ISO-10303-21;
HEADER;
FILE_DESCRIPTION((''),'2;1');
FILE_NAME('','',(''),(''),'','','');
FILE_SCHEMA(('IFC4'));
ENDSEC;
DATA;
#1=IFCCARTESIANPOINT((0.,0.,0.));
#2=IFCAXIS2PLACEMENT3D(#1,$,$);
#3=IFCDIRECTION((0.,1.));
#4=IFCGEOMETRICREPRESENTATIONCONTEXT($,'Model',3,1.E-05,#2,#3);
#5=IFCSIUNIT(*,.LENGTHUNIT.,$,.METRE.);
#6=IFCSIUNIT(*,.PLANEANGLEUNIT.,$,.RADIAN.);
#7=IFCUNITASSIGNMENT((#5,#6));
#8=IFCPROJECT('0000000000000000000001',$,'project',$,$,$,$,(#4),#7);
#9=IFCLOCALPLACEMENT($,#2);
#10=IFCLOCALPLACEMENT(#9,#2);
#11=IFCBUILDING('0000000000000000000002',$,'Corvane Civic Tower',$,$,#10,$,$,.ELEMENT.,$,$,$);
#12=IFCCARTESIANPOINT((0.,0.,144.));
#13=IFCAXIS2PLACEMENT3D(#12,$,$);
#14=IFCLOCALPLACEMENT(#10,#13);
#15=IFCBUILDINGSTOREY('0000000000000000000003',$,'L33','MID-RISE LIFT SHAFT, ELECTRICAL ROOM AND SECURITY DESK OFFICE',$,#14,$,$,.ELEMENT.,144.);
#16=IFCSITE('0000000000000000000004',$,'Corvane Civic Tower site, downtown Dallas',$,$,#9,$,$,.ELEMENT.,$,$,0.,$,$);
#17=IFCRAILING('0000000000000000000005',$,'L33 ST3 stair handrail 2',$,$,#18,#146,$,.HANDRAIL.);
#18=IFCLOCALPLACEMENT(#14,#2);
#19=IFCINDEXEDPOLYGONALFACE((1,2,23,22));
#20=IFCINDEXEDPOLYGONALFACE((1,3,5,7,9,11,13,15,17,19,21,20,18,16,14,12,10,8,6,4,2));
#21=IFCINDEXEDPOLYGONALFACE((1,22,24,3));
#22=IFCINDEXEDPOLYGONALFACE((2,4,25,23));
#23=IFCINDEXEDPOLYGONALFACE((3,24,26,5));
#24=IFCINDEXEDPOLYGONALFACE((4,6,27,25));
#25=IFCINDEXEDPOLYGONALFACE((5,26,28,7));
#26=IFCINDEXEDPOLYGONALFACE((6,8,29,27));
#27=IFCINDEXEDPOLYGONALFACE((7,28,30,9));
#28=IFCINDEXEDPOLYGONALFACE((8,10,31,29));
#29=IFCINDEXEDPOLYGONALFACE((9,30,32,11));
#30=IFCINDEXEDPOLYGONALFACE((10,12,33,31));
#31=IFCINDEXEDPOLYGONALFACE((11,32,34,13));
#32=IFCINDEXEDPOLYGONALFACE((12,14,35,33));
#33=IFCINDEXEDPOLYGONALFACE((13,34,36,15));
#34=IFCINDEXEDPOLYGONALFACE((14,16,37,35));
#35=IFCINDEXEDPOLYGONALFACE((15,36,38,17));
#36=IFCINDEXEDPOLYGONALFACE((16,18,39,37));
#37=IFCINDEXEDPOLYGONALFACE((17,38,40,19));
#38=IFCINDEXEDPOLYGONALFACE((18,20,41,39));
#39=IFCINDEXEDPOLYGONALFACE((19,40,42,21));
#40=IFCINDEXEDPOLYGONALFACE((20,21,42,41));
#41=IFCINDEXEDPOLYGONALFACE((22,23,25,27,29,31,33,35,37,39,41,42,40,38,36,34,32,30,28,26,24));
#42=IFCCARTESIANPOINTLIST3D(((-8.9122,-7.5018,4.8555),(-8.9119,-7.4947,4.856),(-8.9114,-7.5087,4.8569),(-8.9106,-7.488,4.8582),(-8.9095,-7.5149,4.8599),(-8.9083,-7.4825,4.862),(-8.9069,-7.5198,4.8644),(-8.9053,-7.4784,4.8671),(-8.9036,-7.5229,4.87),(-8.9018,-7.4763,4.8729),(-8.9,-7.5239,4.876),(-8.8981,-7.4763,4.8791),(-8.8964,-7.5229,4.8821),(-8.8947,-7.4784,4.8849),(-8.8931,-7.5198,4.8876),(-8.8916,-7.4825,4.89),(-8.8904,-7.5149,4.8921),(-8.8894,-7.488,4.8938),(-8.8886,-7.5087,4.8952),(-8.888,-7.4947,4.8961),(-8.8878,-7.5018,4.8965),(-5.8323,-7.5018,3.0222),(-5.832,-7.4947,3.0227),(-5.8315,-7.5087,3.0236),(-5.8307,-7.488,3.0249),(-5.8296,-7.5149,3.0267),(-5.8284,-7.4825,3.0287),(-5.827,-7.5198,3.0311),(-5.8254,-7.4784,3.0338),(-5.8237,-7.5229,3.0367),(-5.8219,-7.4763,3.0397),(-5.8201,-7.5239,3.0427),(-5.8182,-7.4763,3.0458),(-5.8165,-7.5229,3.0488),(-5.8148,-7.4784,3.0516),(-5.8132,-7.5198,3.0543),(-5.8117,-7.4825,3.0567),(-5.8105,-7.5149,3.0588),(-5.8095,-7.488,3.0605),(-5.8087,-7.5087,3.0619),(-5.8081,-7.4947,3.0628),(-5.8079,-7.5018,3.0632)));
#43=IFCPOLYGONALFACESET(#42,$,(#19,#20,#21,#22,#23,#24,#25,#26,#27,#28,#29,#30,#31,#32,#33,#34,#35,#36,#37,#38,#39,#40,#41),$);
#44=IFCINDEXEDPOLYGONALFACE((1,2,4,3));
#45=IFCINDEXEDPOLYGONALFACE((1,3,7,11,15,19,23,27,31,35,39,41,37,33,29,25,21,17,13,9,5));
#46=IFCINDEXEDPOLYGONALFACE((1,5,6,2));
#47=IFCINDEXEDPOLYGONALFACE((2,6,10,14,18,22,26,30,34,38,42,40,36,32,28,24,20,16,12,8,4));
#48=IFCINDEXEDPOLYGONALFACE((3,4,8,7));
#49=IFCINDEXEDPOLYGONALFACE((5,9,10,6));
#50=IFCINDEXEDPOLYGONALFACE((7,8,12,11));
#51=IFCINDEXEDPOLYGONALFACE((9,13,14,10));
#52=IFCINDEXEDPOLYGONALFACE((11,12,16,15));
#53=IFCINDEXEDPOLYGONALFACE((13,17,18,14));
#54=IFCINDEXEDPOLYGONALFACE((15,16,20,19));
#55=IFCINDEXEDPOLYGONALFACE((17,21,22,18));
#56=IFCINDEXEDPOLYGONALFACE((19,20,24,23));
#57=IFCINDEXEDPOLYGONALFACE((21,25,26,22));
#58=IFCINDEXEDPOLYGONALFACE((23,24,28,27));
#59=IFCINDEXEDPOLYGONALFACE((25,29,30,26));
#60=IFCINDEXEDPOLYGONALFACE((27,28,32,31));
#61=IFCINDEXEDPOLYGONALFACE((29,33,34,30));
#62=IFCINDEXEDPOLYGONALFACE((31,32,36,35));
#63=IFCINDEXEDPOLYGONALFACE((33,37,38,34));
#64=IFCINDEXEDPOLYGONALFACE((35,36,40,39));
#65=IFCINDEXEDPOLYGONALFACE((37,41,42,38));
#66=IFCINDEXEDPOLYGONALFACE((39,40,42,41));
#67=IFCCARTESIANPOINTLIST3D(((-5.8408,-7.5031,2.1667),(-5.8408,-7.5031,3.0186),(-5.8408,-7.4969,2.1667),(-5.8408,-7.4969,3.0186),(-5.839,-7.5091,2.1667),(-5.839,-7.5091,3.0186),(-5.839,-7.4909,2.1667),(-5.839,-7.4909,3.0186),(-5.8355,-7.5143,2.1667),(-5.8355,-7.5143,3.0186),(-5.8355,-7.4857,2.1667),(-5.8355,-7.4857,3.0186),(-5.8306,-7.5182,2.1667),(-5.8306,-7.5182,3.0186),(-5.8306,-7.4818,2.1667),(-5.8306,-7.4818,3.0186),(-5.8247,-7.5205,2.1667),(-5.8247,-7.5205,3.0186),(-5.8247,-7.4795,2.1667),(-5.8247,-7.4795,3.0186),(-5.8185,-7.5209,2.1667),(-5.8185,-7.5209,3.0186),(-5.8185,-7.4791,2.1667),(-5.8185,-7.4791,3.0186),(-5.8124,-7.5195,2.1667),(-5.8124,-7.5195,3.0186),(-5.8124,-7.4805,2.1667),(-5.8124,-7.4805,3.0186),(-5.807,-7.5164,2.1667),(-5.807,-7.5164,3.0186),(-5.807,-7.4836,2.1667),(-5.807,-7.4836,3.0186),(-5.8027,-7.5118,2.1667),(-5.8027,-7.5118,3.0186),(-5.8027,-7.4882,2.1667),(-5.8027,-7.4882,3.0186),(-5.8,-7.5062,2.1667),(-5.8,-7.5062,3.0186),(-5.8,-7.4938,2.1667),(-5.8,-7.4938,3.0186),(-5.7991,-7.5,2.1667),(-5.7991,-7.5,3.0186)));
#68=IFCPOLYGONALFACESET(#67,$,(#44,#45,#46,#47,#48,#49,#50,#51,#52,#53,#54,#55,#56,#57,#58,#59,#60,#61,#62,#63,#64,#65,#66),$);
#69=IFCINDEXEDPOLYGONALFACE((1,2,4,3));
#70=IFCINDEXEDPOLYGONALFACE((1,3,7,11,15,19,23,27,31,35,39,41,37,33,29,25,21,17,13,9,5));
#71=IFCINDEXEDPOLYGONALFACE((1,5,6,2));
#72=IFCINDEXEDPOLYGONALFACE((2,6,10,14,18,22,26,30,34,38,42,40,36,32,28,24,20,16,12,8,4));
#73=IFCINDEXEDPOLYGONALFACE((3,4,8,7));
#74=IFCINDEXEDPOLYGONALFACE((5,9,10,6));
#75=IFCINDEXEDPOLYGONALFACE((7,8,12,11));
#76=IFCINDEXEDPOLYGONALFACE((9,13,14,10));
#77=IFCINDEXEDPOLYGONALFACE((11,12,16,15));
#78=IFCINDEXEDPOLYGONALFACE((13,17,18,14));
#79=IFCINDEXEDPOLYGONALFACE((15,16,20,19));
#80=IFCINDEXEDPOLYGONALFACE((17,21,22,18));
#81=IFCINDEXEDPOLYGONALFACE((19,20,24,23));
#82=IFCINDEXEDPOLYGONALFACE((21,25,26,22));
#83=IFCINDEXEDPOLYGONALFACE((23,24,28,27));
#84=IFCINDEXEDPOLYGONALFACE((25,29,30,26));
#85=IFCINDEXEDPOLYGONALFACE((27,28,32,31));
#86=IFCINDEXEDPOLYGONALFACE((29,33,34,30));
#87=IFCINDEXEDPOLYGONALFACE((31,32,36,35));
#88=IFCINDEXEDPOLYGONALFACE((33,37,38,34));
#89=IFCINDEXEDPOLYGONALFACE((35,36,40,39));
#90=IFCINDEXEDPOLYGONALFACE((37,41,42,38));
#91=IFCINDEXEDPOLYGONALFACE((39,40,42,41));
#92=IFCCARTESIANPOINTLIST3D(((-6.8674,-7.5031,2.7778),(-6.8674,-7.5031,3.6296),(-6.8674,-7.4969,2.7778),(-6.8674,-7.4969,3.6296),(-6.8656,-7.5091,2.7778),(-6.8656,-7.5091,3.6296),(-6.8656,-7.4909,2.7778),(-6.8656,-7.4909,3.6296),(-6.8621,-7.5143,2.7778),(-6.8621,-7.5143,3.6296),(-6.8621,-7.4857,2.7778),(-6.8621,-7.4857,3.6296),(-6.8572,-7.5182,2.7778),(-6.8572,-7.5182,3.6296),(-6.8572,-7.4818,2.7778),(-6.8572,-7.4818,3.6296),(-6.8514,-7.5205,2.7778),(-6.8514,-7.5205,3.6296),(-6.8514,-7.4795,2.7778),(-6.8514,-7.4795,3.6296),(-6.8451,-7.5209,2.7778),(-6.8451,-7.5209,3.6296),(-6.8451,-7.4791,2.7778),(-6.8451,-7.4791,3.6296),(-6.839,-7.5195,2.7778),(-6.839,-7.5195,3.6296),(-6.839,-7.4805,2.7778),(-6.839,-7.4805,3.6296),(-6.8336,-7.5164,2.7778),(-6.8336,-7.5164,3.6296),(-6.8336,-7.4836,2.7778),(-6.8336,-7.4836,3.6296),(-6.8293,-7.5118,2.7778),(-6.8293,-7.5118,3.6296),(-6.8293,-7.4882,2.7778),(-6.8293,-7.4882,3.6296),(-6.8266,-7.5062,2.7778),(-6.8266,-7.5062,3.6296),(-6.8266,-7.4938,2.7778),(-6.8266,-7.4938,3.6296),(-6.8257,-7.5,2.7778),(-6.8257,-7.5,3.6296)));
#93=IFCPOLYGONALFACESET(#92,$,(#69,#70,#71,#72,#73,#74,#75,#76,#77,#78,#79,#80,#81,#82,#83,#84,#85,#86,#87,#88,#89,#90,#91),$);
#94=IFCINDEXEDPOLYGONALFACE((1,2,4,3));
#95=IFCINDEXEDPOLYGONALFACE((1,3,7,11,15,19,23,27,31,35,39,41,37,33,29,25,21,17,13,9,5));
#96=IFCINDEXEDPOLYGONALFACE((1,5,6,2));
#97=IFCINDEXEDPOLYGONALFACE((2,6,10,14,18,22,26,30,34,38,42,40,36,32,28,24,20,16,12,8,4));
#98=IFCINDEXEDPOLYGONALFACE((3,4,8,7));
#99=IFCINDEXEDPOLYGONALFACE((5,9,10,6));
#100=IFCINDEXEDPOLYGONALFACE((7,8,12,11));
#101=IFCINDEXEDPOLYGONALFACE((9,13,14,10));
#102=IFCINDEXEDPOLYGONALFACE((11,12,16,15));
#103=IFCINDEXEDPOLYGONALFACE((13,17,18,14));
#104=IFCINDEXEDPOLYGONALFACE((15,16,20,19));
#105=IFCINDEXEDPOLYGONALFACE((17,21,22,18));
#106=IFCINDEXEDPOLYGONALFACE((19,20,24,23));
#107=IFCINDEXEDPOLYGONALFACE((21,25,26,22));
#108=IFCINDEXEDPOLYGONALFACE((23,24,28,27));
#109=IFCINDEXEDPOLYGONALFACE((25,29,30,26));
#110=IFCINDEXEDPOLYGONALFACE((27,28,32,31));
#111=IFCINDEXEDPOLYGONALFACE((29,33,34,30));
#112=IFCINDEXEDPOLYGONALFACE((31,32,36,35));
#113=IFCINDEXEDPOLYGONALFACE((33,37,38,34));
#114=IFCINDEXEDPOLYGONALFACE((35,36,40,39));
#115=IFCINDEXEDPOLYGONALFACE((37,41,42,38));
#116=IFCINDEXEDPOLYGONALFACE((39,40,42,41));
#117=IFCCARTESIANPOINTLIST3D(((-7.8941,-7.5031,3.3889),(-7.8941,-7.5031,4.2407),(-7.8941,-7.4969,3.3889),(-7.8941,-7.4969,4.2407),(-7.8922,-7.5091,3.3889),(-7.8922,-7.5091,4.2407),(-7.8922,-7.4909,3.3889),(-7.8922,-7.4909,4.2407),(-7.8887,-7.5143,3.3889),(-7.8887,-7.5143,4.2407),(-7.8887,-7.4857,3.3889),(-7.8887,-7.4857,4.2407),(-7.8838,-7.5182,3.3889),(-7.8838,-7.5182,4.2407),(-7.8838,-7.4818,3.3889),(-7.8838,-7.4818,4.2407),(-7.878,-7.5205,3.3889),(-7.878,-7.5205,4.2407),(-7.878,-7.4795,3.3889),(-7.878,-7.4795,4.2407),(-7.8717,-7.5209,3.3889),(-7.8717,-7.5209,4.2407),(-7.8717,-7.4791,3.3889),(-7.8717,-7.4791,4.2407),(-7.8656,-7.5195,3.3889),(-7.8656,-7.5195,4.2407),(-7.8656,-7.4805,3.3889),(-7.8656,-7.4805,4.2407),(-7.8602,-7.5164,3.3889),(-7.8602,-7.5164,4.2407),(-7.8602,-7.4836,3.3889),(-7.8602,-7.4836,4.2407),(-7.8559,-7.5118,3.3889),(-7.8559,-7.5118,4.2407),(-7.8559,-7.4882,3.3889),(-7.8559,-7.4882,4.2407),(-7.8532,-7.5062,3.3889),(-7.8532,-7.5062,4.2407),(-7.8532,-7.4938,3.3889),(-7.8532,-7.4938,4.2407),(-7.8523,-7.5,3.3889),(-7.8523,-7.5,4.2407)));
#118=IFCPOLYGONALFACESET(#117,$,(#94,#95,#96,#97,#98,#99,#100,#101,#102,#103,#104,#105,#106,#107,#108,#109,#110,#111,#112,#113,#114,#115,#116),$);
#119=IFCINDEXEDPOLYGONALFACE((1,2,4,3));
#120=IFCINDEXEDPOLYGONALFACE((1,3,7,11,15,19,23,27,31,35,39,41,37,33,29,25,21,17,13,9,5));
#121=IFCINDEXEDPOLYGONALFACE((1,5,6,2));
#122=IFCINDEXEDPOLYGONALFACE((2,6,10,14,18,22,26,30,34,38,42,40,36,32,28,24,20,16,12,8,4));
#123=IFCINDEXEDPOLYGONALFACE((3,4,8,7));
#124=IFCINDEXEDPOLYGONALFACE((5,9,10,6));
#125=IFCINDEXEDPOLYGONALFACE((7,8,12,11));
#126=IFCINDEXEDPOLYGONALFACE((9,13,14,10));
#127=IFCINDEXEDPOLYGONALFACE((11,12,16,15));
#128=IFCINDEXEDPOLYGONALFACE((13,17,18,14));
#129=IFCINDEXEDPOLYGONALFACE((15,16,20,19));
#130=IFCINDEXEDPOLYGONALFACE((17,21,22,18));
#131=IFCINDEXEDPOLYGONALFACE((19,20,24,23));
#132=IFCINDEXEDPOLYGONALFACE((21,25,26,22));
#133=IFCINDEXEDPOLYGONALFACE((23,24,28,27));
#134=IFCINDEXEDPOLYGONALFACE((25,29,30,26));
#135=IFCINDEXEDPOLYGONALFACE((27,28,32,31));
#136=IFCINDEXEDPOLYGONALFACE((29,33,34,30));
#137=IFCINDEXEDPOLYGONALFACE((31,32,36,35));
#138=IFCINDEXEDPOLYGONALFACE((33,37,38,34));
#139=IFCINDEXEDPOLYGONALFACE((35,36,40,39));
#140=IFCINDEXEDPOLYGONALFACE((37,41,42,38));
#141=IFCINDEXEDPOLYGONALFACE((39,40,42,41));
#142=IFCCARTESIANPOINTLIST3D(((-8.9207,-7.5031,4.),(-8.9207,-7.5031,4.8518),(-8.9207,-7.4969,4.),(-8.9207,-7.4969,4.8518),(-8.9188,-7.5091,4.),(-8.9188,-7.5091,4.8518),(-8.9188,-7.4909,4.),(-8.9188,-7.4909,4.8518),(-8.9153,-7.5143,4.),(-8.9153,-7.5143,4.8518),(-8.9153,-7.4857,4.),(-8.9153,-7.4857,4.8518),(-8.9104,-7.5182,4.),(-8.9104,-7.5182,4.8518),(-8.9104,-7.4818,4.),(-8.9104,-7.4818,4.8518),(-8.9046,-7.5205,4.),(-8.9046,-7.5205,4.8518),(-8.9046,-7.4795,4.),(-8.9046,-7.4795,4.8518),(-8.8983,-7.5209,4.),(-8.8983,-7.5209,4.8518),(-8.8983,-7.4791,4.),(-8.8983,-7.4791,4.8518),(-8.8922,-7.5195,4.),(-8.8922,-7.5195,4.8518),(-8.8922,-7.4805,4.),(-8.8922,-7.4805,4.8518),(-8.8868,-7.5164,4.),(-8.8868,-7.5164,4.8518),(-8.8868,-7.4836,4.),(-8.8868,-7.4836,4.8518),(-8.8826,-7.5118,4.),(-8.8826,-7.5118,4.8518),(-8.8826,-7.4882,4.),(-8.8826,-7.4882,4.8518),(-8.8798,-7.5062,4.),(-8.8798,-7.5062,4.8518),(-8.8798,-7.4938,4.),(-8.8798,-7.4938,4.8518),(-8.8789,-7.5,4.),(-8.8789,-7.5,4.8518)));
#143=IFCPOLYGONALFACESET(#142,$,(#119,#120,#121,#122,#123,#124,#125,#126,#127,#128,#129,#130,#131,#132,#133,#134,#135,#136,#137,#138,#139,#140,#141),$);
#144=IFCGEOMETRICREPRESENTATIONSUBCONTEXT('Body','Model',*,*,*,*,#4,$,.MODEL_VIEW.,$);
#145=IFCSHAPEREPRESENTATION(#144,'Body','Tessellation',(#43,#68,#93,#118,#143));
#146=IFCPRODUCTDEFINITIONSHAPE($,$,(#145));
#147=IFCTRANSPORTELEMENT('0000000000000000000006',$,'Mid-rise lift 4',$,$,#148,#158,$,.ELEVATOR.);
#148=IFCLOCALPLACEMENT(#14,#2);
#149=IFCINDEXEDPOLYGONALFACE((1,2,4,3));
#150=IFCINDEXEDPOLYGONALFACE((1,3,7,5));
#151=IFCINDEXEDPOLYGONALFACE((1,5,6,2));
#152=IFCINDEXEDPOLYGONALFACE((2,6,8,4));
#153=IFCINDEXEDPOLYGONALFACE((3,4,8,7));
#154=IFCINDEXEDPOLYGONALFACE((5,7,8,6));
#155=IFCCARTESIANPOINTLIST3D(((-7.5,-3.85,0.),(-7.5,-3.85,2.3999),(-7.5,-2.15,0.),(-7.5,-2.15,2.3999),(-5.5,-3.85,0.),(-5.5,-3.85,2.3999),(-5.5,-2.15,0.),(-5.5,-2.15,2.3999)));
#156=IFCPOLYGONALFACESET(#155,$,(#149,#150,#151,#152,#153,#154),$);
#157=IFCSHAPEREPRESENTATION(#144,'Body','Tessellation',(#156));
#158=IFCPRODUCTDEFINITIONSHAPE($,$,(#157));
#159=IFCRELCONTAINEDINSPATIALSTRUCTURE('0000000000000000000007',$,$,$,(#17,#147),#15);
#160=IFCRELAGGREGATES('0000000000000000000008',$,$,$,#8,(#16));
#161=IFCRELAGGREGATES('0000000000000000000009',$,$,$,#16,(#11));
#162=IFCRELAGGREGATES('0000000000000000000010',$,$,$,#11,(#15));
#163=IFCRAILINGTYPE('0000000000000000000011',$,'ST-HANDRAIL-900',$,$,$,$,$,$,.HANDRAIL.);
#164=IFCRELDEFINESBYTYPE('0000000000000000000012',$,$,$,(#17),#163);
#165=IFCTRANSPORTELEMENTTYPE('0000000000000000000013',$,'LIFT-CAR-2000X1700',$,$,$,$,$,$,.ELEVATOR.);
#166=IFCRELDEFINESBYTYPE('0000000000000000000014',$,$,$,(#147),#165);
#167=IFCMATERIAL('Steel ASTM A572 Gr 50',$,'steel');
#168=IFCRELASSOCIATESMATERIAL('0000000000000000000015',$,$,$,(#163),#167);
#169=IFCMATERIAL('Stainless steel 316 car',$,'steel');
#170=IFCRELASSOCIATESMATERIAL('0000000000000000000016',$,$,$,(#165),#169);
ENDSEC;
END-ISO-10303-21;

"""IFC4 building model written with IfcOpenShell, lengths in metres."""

from ifc_helpers import new_model, si_unit, direction, frame, origin, origin_2d, place, context, subcontext, project, spatial, rectangle, circle, extrude, material, type_object, element, save


model = new_model("IFC4")

# Units and contexts
model_context = context("Model", 3, precision=1e-05, world=origin(), true_north=direction((0.0, 1.0)))
body_context = subcontext(model_context, "Body", "Model", "MODEL_VIEW")
ifc_project = project(units=[si_unit("LENGTHUNIT", "METRE"), si_unit("PLANEANGLEUNIT", "RADIAN")], contexts=[model_context])

# Site, building, storey
site_placement = place(None, origin())
site = spatial("IfcSite", under=ifc_project, at=site_placement, Name="Corvane Civic Tower site, downtown Dallas", CompositionType="ELEMENT", RefElevation=0.0)
building_placement = place(site_placement, origin())
building = spatial("IfcBuilding", under=site, at=building_placement, Name="Corvane Civic Tower", CompositionType="ELEMENT")
storey_placement = place(building_placement, frame((0.0, 0.0, 144.0)))
storey = spatial("IfcBuildingStorey", under=building, at=storey_placement, Name="L33", Description="MID-RISE LIFT SHAFT, ELECTRICAL ROOM AND SECURITY DESK OFFICE", CompositionType="ELEMENT", Elevation=144.0)

# Railing
ifc_material_1 = material(Name="Steel ASTM A572 Gr 50", Category="steel")
railing_type = type_object("IfcRailingType", Name="ST-HANDRAIL-900", PredefinedType="HANDRAIL", material=ifc_material_1)
railing_1_placement = place(storey_placement, frame((-5.8201, -7.5, 2.1667)))
element("IfcRailing", 1, at=railing_1_placement, inside=storey, type_object=railing_type, Name="L33 ST3 stair handrail 2", PredefinedType="HANDRAIL", context=body_context, shape_type="SweptSolid", body=[
    extrude(circle(Radius=0.0239, at=origin_2d()), frame((0.0, 0.0, 0.876), z_axis=(-0.859291, 0.0, 0.511487), x_axis=(0.0, -1.0, 0.0)), (0.0, 0.0, 1.0), 3.5842),
    extrude(circle(Radius=0.021, at=origin_2d()), origin(), (0.0, 0.0, 1.0), 0.8518),
    extrude(circle(Radius=0.021, at=origin_2d()), frame((-1.0266, 0.0, 0.6111)), (0.0, 0.0, 1.0), 0.8518),
    extrude(circle(Radius=0.021, at=origin_2d()), frame((-2.0532, 0.0, 1.2222)), (0.0, 0.0, 1.0), 0.8518),
    extrude(circle(Radius=0.021, at=origin_2d()), frame((-3.0798, 0.0, 1.8333)), (0.0, 0.0, 1.0), 0.8518),
])

# Transport element
ifc_material_2 = material(Name="Stainless steel 316 car", Category="steel")
transport_element_type = type_object("IfcTransportElementType", Name="LIFT-CAR-2000X1700", PredefinedType="ELEVATOR", material=ifc_material_2)
transport_element_placement = place(storey_placement, frame((-6.5, -3.0, 0.0), z_axis=(0.0, 0.0, 1.0), x_axis=(1.0, 0.0, 0.0)))
element("IfcTransportElement", 2, at=transport_element_placement, inside=storey, type_object=transport_element_type, Name="Mid-rise lift 4", PredefinedType="ELEVATOR", context=body_context, shape_type="SweptSolid", body=[
    extrude(rectangle(XDim=2.0, YDim=1.7, at=origin_2d()), origin(), (0.0, 0.0, 1.0), 2.3999),
])

save(model, "model.ifc")
